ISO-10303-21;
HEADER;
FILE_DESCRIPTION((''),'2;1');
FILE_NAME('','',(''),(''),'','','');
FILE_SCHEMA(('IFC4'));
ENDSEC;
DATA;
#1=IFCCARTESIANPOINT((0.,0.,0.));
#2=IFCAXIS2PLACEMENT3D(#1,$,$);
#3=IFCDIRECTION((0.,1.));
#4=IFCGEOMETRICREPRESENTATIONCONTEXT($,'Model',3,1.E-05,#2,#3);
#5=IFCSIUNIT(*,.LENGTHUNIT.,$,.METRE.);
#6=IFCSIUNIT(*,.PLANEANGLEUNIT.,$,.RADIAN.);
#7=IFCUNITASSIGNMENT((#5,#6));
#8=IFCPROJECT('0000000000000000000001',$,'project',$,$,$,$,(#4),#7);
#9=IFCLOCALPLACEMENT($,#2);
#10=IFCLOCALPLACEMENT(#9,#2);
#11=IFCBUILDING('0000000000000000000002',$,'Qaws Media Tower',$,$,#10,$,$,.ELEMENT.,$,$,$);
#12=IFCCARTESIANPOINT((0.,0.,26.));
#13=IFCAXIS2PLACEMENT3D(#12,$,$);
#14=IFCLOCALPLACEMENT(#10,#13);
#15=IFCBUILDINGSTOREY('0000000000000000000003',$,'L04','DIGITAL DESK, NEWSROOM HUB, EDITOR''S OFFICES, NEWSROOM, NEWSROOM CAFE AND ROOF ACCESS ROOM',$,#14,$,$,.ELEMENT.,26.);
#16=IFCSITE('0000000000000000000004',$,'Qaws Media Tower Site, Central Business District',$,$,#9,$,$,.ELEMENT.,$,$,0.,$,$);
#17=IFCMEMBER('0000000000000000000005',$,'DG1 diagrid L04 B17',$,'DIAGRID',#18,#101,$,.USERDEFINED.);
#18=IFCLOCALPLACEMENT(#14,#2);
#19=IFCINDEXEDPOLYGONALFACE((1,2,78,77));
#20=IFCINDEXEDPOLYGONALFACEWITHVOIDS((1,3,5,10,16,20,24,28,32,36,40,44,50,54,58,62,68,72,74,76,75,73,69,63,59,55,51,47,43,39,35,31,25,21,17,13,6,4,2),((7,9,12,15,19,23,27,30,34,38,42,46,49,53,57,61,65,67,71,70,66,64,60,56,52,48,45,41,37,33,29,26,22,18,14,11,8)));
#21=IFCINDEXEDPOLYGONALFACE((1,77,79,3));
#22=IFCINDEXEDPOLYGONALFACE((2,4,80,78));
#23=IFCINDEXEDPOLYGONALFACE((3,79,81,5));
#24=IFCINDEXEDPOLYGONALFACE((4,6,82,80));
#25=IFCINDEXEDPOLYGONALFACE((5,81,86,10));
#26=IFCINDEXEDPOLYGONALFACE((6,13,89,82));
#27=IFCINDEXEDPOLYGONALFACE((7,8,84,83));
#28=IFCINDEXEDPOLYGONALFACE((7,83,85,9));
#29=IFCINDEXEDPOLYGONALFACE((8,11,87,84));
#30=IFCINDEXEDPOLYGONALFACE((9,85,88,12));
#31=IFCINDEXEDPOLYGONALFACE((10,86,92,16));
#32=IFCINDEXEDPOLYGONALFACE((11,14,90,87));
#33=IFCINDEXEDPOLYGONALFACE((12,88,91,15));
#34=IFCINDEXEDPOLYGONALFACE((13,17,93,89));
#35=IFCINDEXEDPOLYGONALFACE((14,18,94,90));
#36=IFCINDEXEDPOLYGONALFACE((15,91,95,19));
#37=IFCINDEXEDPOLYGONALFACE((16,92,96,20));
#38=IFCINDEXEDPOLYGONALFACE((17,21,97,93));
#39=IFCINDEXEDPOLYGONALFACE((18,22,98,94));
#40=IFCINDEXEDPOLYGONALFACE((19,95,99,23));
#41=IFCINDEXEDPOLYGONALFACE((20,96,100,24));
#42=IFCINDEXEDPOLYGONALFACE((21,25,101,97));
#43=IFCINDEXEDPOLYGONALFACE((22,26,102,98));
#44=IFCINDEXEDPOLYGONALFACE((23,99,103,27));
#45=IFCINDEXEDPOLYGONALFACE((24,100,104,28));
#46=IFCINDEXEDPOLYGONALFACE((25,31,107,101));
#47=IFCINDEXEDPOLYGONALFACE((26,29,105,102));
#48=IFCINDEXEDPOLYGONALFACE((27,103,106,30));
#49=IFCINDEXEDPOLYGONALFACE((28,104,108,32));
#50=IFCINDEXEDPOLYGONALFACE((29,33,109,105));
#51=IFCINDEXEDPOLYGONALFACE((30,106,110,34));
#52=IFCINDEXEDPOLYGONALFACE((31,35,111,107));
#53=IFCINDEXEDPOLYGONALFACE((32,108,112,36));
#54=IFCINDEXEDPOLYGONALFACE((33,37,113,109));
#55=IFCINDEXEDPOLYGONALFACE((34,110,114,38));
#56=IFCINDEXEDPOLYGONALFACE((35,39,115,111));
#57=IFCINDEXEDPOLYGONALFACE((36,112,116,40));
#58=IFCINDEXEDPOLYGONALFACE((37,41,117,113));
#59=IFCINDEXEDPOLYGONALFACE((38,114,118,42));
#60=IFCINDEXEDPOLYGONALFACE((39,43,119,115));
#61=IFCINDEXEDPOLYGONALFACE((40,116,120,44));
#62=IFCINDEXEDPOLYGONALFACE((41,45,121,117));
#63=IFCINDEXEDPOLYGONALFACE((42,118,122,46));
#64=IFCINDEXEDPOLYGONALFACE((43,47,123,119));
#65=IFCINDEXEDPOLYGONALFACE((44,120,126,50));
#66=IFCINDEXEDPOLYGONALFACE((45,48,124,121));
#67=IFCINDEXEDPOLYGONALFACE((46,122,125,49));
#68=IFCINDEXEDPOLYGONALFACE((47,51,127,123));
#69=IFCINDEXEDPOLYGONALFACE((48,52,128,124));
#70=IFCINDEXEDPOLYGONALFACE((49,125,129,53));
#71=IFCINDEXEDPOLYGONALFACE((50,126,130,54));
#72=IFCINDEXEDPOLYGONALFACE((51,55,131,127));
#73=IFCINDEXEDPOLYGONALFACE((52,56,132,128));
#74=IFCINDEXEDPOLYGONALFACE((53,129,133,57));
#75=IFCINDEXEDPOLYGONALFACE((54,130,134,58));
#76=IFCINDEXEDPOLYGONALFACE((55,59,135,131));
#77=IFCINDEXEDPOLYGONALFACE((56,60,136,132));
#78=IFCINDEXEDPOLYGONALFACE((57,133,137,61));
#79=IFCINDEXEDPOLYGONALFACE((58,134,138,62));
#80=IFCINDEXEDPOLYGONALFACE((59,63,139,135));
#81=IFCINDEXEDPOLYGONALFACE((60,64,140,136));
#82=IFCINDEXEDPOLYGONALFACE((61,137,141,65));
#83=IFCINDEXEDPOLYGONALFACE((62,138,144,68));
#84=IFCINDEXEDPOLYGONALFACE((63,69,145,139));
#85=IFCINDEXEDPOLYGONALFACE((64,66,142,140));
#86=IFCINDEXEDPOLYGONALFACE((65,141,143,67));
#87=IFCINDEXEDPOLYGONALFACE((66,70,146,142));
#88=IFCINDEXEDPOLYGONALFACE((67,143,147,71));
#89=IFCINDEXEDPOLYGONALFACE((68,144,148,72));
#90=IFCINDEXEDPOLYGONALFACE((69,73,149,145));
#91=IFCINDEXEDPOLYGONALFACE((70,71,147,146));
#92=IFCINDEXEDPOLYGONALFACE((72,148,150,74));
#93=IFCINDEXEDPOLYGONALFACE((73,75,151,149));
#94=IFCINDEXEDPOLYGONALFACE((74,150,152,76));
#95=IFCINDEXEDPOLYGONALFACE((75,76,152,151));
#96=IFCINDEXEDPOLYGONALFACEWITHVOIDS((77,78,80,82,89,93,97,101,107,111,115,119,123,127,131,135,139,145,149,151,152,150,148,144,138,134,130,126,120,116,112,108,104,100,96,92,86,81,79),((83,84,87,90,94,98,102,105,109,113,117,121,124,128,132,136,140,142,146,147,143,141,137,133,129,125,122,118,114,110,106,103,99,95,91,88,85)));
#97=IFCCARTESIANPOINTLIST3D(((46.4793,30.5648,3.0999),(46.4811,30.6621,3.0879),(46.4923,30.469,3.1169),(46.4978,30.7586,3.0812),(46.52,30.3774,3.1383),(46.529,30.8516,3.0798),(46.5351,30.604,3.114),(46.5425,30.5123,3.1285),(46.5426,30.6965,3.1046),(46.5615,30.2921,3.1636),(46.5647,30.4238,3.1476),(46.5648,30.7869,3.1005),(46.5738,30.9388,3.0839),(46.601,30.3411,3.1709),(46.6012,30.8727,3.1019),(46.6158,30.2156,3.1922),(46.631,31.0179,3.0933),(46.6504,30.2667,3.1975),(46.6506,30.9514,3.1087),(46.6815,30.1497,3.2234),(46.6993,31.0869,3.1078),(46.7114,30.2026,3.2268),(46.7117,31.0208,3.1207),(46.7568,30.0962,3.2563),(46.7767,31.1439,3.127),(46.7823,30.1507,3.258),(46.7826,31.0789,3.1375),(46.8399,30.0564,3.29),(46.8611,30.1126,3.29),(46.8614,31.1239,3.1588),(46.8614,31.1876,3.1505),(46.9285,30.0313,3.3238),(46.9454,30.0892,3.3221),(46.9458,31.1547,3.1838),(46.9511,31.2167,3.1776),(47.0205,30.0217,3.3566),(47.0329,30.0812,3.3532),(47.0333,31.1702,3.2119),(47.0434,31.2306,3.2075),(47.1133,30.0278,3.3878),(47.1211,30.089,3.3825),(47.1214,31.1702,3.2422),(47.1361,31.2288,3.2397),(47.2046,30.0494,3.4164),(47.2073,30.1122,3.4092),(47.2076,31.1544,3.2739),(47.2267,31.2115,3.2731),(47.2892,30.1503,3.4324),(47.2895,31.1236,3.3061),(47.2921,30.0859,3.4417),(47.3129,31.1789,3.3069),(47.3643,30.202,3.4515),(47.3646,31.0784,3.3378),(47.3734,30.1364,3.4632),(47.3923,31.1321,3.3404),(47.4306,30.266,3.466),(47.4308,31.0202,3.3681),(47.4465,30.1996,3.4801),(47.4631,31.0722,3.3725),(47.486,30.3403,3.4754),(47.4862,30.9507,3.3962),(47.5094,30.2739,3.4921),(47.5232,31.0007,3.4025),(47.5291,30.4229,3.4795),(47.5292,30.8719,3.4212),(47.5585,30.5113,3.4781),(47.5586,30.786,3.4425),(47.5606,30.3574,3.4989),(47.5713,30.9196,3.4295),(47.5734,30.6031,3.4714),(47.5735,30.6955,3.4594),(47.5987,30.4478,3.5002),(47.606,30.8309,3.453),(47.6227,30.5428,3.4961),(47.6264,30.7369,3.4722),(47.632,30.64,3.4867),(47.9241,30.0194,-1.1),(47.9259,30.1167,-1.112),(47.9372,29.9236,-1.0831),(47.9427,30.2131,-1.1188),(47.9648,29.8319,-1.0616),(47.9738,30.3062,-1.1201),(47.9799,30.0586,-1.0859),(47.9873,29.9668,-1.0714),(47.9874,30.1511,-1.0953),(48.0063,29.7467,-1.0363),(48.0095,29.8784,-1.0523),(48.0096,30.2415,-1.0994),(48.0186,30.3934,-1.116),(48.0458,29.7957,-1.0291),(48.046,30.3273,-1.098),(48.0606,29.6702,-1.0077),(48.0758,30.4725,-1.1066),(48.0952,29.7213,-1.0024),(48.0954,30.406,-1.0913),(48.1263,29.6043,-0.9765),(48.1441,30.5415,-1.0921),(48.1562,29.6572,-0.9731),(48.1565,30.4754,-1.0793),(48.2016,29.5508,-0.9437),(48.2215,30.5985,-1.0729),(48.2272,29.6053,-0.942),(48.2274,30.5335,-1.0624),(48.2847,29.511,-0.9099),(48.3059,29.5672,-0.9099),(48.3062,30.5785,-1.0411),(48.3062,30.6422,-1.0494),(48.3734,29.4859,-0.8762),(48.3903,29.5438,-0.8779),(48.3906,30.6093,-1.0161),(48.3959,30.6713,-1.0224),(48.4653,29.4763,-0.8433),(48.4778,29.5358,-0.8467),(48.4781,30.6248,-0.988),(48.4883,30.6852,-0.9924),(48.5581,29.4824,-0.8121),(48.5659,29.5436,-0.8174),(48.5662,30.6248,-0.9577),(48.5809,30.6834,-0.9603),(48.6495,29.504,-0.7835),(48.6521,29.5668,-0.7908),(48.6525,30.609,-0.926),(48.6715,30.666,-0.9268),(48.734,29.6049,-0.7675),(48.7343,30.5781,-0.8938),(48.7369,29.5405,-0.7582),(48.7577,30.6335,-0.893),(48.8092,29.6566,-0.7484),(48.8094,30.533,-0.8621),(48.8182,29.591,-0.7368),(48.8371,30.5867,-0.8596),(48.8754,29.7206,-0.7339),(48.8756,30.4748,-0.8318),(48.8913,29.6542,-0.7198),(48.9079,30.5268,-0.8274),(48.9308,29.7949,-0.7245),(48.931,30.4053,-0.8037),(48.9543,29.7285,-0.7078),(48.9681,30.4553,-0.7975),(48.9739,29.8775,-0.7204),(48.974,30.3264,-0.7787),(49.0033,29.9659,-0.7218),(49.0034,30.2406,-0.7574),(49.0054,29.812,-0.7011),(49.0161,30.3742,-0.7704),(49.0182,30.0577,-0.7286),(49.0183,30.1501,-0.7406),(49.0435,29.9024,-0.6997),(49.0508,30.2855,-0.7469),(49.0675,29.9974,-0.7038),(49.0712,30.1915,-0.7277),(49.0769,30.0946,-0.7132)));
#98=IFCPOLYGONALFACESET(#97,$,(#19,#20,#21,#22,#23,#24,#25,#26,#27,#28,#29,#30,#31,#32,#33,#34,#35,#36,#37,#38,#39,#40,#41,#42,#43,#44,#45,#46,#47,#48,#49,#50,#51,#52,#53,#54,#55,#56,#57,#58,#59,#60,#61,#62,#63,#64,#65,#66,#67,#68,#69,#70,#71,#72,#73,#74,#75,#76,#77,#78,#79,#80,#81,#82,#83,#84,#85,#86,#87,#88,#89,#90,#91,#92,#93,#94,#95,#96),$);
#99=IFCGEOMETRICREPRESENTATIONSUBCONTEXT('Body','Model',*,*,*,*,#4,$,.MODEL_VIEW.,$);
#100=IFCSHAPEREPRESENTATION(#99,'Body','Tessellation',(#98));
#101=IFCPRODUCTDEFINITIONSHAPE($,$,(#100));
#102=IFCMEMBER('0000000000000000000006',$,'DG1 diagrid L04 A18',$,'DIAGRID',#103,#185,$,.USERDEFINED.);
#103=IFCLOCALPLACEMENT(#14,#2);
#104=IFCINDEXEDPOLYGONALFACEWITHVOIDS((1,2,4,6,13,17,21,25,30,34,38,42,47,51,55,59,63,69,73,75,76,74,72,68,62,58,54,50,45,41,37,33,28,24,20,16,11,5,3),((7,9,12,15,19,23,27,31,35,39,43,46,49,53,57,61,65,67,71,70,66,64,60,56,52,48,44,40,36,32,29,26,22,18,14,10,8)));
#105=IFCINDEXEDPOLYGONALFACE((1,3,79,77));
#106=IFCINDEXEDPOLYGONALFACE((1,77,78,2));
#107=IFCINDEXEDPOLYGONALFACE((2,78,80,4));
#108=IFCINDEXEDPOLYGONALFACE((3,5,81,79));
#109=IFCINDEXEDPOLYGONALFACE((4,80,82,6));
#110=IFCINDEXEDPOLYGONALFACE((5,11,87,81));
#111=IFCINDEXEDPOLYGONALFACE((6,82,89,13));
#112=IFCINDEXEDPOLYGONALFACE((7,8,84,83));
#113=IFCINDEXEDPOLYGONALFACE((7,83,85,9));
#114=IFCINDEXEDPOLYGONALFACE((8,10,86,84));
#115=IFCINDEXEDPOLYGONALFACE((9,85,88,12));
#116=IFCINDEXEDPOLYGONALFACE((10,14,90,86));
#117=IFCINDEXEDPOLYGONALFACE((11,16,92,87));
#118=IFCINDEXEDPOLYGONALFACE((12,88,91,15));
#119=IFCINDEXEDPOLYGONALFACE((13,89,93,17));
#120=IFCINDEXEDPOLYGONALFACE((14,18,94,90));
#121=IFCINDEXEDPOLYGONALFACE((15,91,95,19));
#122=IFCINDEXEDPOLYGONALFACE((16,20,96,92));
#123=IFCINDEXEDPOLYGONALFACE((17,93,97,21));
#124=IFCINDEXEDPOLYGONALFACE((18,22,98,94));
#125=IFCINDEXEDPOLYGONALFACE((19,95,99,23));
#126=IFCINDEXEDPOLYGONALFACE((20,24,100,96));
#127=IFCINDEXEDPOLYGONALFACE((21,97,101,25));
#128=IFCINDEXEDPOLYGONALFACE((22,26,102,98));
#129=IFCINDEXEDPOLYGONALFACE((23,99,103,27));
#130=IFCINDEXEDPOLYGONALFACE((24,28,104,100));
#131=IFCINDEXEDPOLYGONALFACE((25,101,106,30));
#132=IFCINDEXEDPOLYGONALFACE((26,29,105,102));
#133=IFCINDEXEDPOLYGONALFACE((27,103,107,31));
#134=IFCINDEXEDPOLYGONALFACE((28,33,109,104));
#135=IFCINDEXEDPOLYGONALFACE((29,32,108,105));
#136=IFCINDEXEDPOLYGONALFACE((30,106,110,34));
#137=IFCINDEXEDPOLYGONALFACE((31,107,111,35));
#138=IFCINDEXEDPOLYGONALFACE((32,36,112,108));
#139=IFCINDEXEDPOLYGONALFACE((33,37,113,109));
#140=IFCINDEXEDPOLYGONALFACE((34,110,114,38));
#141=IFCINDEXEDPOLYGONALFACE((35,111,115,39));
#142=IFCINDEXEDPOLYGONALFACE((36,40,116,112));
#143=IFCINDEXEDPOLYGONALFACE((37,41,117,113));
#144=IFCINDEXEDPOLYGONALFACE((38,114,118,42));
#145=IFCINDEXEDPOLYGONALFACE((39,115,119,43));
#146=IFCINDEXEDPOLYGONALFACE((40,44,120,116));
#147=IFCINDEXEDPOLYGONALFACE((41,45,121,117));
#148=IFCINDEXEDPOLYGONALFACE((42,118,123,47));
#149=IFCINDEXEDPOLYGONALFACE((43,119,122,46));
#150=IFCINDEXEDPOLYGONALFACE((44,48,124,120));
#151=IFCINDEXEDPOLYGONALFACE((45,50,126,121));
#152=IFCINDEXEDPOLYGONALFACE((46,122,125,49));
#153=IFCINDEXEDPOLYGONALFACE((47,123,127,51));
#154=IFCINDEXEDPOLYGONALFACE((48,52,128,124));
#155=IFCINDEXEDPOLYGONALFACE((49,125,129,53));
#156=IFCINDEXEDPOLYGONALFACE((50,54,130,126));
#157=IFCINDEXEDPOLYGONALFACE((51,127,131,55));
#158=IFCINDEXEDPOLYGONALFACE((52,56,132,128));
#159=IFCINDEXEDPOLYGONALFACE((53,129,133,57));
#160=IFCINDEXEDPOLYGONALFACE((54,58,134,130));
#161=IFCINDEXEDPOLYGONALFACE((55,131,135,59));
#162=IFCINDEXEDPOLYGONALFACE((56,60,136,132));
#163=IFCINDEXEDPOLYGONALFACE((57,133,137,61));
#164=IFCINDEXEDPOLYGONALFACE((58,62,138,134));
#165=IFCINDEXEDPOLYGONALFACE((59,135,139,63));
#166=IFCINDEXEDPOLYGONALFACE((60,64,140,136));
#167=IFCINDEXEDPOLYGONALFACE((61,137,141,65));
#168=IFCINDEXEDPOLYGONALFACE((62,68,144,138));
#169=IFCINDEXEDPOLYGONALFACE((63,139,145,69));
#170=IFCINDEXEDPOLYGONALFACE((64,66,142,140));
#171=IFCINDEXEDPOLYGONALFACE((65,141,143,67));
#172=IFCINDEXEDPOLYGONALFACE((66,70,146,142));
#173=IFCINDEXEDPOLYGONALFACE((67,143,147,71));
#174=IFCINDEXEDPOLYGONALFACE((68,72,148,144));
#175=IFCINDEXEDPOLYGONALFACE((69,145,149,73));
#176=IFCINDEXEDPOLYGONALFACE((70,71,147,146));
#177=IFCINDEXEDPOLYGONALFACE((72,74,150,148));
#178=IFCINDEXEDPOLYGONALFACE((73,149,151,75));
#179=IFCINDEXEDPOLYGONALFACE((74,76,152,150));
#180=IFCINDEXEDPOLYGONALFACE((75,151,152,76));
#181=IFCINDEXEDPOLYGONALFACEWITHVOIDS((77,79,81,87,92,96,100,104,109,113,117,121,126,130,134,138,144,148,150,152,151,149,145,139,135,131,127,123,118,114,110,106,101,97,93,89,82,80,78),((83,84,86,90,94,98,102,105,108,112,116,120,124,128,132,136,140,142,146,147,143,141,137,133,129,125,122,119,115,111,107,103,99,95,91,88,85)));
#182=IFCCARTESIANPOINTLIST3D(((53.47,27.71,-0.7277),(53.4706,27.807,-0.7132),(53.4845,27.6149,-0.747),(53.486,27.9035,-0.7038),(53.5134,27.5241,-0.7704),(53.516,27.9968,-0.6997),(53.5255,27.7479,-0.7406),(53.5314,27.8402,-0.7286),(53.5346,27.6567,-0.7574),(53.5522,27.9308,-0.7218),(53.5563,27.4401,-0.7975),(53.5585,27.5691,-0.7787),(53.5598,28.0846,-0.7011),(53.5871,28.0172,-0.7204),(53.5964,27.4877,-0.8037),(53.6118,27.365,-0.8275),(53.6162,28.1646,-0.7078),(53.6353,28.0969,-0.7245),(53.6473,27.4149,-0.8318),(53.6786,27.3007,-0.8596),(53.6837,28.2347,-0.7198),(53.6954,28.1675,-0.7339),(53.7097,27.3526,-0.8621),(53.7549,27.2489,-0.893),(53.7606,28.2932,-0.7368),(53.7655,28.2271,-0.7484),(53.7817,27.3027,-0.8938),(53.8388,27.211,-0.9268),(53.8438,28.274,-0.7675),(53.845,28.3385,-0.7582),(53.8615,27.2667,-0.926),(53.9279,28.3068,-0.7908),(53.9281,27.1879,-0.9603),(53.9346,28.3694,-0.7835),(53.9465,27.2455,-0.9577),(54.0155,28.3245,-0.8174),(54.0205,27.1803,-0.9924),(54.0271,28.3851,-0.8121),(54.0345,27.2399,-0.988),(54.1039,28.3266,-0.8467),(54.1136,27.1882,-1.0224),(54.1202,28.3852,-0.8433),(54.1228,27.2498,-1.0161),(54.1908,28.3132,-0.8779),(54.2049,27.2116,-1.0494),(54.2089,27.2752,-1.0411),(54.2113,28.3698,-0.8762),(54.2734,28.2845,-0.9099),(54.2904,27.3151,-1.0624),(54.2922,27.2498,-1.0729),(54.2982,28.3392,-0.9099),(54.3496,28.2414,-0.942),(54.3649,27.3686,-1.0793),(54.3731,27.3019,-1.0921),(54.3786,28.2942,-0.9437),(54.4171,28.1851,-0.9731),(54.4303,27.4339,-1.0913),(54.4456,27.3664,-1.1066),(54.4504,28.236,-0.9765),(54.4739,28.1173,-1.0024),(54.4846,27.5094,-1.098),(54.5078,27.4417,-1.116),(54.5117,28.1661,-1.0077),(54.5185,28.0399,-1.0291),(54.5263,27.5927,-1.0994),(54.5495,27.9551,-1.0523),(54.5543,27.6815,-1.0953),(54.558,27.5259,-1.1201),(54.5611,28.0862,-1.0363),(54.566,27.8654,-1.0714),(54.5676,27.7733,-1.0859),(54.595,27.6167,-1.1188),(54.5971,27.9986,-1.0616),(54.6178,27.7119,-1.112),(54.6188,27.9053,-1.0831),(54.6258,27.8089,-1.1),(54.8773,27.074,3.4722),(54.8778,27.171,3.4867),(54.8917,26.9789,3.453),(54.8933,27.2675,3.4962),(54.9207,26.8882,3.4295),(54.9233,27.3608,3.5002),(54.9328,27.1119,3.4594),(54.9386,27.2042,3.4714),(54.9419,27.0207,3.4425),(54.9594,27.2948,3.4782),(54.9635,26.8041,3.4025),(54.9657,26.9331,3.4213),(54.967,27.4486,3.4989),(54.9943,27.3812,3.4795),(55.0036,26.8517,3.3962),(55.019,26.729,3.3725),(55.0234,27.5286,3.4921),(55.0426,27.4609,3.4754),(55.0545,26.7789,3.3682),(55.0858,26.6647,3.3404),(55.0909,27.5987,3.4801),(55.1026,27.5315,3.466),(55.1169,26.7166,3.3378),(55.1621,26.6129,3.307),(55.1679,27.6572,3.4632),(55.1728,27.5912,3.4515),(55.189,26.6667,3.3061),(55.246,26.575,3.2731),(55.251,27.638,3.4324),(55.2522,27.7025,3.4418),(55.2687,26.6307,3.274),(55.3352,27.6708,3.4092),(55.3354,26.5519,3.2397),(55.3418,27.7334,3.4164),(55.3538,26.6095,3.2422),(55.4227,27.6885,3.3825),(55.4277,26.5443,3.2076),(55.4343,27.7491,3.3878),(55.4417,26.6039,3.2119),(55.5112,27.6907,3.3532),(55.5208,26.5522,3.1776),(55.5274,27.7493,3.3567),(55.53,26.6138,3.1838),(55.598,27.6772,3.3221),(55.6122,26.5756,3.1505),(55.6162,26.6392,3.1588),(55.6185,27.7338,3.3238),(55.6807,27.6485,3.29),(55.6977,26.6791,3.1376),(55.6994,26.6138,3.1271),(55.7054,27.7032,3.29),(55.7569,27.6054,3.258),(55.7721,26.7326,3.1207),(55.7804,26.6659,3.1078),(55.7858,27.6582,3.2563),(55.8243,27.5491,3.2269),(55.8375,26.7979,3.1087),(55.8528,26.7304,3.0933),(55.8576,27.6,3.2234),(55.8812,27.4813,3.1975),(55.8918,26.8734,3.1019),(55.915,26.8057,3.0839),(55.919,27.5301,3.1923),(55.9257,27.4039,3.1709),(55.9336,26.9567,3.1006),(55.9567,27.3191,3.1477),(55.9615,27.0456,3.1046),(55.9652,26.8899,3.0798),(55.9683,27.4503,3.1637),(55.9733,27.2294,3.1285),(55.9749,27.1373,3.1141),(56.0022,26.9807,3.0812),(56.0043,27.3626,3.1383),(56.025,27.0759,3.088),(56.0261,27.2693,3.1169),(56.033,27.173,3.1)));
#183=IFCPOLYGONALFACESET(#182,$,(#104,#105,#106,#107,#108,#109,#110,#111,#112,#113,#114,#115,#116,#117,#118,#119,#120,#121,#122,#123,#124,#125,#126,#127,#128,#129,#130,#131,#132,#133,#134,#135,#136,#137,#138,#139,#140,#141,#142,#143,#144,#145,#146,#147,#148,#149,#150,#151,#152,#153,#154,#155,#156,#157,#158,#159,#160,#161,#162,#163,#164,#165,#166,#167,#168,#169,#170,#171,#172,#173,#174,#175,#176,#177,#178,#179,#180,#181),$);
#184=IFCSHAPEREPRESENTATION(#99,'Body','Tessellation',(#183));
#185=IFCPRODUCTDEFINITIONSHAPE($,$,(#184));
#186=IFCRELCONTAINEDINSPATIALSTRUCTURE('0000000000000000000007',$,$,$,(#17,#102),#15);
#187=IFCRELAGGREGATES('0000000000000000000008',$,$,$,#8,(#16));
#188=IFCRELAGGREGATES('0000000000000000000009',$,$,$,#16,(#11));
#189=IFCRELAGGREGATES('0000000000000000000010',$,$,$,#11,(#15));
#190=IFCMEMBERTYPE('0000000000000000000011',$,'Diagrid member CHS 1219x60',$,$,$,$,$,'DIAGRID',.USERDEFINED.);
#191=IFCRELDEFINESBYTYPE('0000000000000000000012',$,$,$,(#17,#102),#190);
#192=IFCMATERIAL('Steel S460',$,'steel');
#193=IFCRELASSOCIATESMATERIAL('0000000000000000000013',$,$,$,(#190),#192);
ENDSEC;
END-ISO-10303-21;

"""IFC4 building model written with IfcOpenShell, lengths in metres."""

from ifc_helpers import new_model, si_unit, direction, frame, origin, origin_2d, place, context, subcontext, project, spatial, hollow_circle, extrude, material, material_profile, profile_set, type_object, element, save


model = new_model("IFC4")

# Units and contexts
model_context = context("Model", 3, precision=1e-05, world=origin(), true_north=direction((0.0, 1.0)))
body_context = subcontext(model_context, "Body", "Model", "MODEL_VIEW")
ifc_project = project(units=[si_unit("LENGTHUNIT", "METRE"), si_unit("PLANEANGLEUNIT", "RADIAN")], contexts=[model_context])

# Site, building, storey
site_placement = place(None, origin())
site = spatial("IfcSite", under=ifc_project, at=site_placement, Name="Qaws Media Tower Site, Central Business District", CompositionType="ELEMENT", RefElevation=0.0)
building_placement = place(site_placement, origin())
building = spatial("IfcBuilding", under=site, at=building_placement, Name="Qaws Media Tower", CompositionType="ELEMENT")
storey_placement = place(building_placement, frame((0.0, 0.0, 26.0)))
storey = spatial("IfcBuildingStorey", under=building, at=storey_placement, Name="L04", Description="DIGITAL DESK, NEWSROOM HUB, EDITOR'S OFFICES, NEWSROOM, NEWSROOM CAFE AND ROOF ACCESS ROOM", CompositionType="ELEMENT", Elevation=26.0)

# Members
ifc_material_1 = material(Name="Steel S460", Category="steel")
ifc_material_profile_1 = material_profile(ifc_material_1, hollow_circle(Radius=0.6096, WallThickness=0.0601, at=origin_2d()), Name="CHS 1219x60")
ifc_profile_set_1 = profile_set([ifc_material_profile_1], Name="Steel S460")
member_type_1 = type_object("IfcMemberType", Name="Diagrid member CHS 1219x60", ElementType="DIAGRID", PredefinedType="USERDEFINED", material=ifc_profile_set_1)
for number, where, z_axis, x_axis, name in (
    (1, (48.5, 30.0813, -0.9099), (-0.322874, 0.121883, 0.938561), (-0.353167, -0.93556, 0.0), "DG1 diagrid L04 B17"),
    (2, (54.0471, 27.7837, -0.9099), (0.314474, -0.142124, 0.938566), (0.411837, 0.911258, 0.0), "DG1 diagrid L04 A18"),
):
    element("IfcMember", number, at=place(storey_placement, frame(where, z_axis=z_axis, x_axis=x_axis)), inside=storey, type_object=member_type_1, Name=name, ObjectType="DIAGRID", PredefinedType="USERDEFINED", context=body_context, shape_type="SweptSolid", body=[
        extrude(hollow_circle(Radius=0.6096, WallThickness=0.0601, at=origin_2d()), origin(), (0.0, 0.0, 1.0), 4.4749),
    ])

save(model, "model.ifc")
